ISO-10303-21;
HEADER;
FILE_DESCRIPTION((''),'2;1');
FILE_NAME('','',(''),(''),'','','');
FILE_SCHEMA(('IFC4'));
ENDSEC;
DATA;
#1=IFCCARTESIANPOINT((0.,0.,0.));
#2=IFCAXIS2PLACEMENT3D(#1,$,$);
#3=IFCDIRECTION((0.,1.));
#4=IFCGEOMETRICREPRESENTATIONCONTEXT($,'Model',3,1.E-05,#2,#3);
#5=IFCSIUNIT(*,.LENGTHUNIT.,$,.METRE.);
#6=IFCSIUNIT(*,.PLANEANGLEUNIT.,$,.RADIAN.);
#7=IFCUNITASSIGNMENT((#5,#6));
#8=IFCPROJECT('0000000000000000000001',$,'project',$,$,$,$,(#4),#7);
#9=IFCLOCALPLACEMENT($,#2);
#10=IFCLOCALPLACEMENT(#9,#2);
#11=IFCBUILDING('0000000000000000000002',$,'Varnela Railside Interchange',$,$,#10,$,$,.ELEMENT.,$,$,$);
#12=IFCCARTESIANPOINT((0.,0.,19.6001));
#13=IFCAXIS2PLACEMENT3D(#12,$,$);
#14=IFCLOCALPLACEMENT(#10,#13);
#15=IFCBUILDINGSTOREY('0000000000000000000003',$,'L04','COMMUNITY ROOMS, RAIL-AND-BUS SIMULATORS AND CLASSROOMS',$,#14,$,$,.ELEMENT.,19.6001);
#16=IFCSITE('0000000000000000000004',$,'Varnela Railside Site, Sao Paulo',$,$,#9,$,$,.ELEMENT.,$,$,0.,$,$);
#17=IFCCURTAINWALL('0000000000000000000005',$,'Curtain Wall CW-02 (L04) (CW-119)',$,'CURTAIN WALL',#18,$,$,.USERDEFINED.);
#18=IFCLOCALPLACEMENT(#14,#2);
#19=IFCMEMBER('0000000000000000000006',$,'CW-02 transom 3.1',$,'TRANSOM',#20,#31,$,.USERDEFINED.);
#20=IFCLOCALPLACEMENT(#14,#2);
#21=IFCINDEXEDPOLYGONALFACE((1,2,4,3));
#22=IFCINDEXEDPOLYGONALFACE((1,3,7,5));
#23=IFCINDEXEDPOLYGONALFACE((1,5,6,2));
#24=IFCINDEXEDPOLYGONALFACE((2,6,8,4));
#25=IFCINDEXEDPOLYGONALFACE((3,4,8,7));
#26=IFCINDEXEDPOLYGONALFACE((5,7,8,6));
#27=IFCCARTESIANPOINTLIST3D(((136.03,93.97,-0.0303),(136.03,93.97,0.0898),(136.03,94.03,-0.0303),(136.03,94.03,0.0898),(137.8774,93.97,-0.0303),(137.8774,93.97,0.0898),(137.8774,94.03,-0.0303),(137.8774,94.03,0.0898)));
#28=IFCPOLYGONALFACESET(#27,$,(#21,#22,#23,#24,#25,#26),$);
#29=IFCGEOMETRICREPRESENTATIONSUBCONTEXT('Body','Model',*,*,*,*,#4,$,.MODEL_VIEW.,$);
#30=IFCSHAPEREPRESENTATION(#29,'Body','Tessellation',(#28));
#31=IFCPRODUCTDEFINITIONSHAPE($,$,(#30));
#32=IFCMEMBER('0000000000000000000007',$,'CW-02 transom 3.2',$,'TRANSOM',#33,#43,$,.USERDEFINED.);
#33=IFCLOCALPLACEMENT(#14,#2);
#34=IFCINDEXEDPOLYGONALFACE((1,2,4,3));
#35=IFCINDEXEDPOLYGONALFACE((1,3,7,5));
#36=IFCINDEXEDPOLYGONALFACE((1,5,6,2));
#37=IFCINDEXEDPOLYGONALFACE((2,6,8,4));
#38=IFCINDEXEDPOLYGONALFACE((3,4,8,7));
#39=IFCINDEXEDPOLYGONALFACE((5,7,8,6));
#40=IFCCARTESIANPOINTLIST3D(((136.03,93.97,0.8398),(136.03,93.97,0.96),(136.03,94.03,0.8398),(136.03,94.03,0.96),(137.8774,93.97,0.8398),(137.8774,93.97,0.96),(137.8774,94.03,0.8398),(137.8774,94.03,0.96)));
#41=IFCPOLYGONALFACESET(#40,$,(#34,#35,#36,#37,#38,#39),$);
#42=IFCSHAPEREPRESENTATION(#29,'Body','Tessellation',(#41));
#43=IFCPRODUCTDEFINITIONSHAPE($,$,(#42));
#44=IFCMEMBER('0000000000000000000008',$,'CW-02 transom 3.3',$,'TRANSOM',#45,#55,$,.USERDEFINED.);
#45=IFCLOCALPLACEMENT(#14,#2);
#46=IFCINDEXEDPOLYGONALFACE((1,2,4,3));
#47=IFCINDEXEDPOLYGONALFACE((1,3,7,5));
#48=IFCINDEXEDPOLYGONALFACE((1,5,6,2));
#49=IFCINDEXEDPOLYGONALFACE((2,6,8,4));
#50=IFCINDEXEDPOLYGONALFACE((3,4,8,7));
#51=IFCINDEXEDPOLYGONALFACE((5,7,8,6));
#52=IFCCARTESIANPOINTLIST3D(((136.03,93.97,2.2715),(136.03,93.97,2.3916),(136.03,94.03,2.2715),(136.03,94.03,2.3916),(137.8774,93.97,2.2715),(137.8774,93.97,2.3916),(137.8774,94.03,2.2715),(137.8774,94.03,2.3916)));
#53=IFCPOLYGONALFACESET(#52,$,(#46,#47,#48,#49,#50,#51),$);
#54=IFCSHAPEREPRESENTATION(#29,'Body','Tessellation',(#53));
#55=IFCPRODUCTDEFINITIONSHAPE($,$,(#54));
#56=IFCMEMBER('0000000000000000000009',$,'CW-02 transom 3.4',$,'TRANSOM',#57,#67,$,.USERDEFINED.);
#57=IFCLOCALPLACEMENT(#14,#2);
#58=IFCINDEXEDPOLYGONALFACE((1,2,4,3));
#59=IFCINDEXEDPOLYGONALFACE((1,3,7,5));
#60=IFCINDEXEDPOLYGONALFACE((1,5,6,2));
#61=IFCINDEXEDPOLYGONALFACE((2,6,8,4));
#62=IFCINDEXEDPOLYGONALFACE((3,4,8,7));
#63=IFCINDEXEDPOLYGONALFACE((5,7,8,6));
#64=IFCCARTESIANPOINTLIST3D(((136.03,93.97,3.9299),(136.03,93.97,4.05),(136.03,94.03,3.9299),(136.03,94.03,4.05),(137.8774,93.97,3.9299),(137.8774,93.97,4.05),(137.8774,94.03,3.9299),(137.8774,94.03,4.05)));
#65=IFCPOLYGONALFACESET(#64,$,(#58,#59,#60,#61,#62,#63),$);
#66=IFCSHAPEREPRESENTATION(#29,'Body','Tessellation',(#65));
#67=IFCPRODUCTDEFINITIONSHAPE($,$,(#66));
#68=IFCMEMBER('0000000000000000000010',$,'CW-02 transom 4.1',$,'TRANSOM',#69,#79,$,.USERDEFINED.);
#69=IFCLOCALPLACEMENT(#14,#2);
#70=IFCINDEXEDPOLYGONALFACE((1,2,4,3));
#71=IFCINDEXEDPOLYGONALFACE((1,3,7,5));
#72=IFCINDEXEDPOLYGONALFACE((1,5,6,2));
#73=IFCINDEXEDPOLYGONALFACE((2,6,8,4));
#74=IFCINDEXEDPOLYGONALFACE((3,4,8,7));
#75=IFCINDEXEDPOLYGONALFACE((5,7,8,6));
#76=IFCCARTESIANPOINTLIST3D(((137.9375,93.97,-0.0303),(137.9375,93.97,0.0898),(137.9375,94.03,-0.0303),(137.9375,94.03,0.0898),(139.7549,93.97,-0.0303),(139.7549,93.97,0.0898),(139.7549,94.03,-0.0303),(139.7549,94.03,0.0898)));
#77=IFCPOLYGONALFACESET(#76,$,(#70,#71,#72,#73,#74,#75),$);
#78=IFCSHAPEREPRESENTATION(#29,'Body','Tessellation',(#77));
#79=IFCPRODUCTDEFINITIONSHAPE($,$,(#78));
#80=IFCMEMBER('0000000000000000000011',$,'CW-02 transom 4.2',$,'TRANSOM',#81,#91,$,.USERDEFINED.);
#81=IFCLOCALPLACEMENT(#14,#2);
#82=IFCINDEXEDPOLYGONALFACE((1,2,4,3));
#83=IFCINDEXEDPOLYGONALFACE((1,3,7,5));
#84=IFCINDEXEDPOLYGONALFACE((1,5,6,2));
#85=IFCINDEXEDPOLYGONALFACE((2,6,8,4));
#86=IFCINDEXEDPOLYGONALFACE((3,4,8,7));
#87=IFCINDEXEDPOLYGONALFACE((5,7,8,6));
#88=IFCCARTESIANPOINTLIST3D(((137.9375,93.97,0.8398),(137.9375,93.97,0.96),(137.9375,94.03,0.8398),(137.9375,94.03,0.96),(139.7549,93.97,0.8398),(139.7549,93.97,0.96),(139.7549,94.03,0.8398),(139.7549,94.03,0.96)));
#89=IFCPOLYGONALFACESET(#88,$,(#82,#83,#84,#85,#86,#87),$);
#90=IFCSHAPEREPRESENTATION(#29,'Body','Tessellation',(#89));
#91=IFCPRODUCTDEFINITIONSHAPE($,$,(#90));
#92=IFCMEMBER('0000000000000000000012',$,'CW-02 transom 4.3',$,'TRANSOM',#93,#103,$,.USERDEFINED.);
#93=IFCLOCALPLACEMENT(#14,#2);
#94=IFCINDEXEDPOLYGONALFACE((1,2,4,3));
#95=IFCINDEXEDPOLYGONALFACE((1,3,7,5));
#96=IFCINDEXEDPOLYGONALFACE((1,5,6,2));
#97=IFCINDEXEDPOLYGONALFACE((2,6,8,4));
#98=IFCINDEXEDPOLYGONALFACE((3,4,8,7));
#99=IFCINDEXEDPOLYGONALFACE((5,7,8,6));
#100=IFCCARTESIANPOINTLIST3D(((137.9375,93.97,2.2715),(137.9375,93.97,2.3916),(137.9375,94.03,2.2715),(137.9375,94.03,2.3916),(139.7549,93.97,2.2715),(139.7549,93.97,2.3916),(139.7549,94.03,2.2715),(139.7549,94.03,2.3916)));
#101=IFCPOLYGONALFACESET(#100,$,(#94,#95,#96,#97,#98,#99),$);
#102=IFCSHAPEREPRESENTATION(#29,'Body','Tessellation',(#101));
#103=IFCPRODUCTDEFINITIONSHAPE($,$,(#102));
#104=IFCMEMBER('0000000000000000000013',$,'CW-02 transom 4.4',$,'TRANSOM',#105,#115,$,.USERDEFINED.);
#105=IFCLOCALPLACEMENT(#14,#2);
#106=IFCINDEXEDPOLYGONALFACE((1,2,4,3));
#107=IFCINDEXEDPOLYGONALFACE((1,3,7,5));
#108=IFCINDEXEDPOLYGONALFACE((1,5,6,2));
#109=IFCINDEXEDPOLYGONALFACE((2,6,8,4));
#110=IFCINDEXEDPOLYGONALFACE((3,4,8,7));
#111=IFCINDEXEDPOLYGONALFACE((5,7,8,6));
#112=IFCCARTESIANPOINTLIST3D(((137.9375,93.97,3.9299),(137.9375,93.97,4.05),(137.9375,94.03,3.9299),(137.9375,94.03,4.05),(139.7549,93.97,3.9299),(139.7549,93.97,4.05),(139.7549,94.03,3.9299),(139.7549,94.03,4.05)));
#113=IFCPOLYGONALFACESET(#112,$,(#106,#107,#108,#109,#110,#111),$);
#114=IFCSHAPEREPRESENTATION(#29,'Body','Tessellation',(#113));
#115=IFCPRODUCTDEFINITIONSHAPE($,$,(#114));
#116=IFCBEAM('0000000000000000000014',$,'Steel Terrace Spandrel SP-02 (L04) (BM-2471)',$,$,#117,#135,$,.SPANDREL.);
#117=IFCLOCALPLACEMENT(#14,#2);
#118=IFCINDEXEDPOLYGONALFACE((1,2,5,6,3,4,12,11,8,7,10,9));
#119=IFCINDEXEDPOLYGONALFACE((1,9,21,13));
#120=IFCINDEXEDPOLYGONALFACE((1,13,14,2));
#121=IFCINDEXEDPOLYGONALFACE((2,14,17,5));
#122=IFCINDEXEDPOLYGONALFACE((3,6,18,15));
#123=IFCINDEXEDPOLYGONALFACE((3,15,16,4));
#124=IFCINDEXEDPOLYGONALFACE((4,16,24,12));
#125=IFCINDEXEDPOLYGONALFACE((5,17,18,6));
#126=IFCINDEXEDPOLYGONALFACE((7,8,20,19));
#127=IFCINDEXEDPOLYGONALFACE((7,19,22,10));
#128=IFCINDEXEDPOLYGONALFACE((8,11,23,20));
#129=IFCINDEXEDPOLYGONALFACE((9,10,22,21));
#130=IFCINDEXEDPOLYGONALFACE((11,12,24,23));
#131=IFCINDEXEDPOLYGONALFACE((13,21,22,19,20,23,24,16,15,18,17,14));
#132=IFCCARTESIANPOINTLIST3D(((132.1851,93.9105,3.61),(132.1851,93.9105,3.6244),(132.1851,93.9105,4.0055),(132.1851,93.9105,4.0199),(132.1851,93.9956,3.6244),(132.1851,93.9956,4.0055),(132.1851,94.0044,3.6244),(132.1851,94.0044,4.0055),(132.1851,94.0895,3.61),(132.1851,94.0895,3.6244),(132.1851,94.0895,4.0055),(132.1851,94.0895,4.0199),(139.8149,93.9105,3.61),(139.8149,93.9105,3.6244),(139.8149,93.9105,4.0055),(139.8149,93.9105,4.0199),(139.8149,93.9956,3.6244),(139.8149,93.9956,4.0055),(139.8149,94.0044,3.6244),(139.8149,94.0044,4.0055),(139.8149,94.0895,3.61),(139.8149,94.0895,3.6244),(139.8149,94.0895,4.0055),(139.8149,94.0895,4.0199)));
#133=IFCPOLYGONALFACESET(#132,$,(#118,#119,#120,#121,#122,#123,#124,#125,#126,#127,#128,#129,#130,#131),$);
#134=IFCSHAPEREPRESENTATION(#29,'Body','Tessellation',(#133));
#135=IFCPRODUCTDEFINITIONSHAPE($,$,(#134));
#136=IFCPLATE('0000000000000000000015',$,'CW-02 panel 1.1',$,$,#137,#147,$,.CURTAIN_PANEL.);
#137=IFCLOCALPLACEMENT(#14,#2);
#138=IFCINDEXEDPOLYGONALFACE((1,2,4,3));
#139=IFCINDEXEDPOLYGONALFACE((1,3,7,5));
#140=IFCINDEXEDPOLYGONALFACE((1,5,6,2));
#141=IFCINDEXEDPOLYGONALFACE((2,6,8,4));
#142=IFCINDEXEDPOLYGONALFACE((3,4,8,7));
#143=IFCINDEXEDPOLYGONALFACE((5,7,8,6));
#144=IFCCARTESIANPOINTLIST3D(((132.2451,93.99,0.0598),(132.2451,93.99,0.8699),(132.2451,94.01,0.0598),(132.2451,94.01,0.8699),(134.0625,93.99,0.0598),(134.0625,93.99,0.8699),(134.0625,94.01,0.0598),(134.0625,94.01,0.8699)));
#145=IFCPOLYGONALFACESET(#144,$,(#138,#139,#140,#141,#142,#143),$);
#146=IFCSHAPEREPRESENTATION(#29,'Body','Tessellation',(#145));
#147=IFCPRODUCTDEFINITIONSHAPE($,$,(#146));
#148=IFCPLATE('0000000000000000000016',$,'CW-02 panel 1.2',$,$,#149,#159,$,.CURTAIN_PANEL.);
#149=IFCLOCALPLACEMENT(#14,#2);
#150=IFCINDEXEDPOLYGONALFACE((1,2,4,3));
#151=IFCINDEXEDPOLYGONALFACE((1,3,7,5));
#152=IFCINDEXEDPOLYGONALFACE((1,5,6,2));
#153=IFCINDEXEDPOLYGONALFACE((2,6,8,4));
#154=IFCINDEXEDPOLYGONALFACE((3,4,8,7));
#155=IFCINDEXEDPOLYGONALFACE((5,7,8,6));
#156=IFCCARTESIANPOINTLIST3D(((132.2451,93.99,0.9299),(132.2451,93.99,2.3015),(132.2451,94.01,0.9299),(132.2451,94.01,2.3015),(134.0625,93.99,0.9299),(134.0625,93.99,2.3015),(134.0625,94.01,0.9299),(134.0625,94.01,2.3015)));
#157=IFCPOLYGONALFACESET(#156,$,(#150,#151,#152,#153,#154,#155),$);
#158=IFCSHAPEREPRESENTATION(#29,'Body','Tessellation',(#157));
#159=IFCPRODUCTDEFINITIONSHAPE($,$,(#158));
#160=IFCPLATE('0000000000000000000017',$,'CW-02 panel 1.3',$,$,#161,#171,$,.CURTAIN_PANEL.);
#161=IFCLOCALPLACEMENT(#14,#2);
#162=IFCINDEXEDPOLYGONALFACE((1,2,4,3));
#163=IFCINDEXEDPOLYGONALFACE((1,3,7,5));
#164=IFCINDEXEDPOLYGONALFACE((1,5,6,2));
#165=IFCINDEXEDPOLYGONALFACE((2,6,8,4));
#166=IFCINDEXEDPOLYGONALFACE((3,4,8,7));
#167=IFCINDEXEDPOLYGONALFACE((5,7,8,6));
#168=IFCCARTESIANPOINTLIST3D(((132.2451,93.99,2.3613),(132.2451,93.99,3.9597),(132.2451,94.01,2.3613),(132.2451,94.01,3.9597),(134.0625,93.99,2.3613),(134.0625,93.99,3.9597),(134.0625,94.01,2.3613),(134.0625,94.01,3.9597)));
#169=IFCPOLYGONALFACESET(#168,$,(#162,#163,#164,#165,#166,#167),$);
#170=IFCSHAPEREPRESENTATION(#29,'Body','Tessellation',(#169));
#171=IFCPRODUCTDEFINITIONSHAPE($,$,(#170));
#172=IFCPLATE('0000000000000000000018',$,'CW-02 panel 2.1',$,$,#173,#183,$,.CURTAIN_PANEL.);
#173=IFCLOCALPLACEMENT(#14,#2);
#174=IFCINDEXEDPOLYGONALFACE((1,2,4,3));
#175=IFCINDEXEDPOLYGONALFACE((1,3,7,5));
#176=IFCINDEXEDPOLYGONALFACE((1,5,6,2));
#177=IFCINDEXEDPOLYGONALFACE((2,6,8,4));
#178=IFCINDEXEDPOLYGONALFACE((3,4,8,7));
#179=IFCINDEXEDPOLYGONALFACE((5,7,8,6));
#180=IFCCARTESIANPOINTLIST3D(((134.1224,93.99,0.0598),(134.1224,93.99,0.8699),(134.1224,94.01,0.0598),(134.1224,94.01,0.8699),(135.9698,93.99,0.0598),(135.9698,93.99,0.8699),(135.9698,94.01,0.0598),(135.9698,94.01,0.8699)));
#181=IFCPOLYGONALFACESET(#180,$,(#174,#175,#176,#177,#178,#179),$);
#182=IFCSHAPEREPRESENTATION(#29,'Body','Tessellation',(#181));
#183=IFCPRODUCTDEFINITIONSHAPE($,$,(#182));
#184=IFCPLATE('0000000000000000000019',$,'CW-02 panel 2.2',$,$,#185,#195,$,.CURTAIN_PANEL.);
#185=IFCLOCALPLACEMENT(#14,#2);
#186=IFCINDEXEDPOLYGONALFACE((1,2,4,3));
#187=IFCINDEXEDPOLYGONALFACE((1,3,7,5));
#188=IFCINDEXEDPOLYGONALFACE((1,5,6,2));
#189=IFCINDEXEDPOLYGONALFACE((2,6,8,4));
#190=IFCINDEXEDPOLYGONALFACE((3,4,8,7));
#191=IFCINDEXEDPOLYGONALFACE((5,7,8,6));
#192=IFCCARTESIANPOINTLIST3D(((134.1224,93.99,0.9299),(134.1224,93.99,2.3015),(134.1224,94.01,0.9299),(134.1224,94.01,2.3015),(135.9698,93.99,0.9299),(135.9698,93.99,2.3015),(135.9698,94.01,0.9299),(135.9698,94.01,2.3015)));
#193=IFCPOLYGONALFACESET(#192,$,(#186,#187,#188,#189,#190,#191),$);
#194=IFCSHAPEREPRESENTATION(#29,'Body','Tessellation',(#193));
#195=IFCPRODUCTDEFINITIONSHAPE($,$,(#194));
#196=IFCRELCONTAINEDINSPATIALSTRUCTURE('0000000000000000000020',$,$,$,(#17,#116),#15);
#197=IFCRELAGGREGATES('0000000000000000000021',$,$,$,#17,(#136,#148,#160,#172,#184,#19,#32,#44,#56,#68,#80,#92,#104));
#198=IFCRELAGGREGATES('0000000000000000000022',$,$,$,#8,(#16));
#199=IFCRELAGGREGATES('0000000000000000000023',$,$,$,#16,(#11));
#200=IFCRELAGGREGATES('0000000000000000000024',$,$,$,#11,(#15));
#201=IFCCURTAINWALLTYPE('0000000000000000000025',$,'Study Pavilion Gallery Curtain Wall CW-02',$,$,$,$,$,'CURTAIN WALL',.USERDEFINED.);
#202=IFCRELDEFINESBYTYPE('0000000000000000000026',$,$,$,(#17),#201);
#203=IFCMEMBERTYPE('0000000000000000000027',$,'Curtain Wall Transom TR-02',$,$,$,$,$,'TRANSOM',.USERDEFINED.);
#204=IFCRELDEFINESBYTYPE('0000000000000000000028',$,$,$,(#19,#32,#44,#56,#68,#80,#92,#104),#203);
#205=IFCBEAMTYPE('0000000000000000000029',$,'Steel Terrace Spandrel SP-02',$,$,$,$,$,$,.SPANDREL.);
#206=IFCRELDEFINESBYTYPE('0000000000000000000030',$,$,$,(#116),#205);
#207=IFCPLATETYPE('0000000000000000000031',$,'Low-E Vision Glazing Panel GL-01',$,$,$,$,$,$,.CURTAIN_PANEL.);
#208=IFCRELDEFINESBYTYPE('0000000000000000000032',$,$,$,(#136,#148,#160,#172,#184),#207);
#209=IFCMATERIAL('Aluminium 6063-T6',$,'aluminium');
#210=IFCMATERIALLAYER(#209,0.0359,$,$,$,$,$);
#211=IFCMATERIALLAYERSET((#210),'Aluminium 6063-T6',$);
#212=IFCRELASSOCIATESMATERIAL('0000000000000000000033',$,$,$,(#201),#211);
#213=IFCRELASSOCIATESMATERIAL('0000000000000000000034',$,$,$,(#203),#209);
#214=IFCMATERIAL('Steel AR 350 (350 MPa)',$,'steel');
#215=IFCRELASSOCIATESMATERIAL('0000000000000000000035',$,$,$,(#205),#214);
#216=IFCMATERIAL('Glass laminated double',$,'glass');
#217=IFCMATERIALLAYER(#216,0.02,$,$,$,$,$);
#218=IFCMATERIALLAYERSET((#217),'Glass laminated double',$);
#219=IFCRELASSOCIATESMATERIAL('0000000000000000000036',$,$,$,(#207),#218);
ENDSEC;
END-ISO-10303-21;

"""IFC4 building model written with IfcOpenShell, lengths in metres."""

from ifc_helpers import new_model, si_unit, direction, frame, origin, origin_2d, place, context, subcontext, project, spatial, rectangle, i_section, extrude, material, layer, layer_set, material_profile, profile_set, type_object, element, aggregate, save


model = new_model("IFC4")

# Units and contexts
model_context = context("Model", 3, precision=1e-05, world=origin(), true_north=direction((0.0, 1.0)))
body_context = subcontext(model_context, "Body", "Model", "MODEL_VIEW")
ifc_project = project(units=[si_unit("LENGTHUNIT", "METRE"), si_unit("PLANEANGLEUNIT", "RADIAN")], contexts=[model_context])

# Site, building, storey
site_placement = place(None, origin())
site = spatial("IfcSite", under=ifc_project, at=site_placement, Name="Varnela Railside Site, Sao Paulo", CompositionType="ELEMENT", RefElevation=0.0)
building_placement = place(site_placement, origin())
building = spatial("IfcBuilding", under=site, at=building_placement, Name="Varnela Railside Interchange", CompositionType="ELEMENT")
storey_placement = place(building_placement, frame((0.0, 0.0, 19.6001)))
storey = spatial("IfcBuildingStorey", under=building, at=storey_placement, Name="L04", Description="COMMUNITY ROOMS, RAIL-AND-BUS SIMULATORS AND CLASSROOMS", CompositionType="ELEMENT", Elevation=19.6001)

# Shared definitions
ifc_material_1 = material(Name="Steel AR 350 (350 MPa)", Category="steel")

# Curtain wall, members
ifc_material_2 = material(Name="Aluminium 6063-T6", Category="aluminium")
ifc_layer_1 = layer(ifc_material_2, 0.0359)
ifc_layer_set_1 = layer_set([ifc_layer_1], Name="Aluminium 6063-T6")
curtain_wall_type = type_object("IfcCurtainWallType", Name="Study Pavilion Gallery Curtain Wall CW-02", ElementType="CURTAIN WALL", PredefinedType="USERDEFINED", material=ifc_layer_set_1)
curtain_wall_placement = place(storey_placement, origin())
curtain_wall = element("IfcCurtainWall", 1, at=curtain_wall_placement, inside=storey, type_object=curtain_wall_type, Name="Curtain Wall CW-02 (L04) (CW-119)", ObjectType="CURTAIN WALL", PredefinedType="USERDEFINED")
ifc_material_profile_1 = material_profile(ifc_material_2, rectangle(XDim=0.0601, YDim=0.1201, at=origin_2d()), Name="ALU 60x120")
ifc_profile_set_1 = profile_set([ifc_material_profile_1], Name="Aluminium 6063-T6")
member_type_1 = type_object("IfcMemberType", Name="Curtain Wall Transom TR-02", ElementType="TRANSOM", PredefinedType="USERDEFINED", material=ifc_profile_set_1)
member_1_placement = place(storey_placement, frame((136.03, 94.0, 0.0298), z_axis=(1.0, 0.0, 0.0), x_axis=(0.0, 1.0, 0.0)))
member_1 = element("IfcMember", 2, at=member_1_placement, type_object=member_type_1, Name="CW-02 transom 3.1", ObjectType="TRANSOM", PredefinedType="USERDEFINED", context=body_context, shape_type="SweptSolid", body=[
    extrude(rectangle(XDim=0.0601, YDim=0.1201, at=origin_2d()), origin(), (0.0, 0.0, 1.0), 1.8474),
])
member_2_placement = place(storey_placement, frame((136.03, 94.0, 0.8999), z_axis=(1.0, 0.0, 0.0), x_axis=(0.0, 1.0, 0.0)))
member_2 = element("IfcMember", 3, at=member_2_placement, type_object=member_type_1, Name="CW-02 transom 3.2", ObjectType="TRANSOM", PredefinedType="USERDEFINED", context=body_context, shape_type="SweptSolid", body=[
    extrude(rectangle(XDim=0.0601, YDim=0.1201, at=origin_2d()), origin(), (0.0, 0.0, 1.0), 1.8474),
])
member_3_placement = place(storey_placement, frame((136.03, 94.0, 2.3315), z_axis=(1.0, 0.0, 0.0), x_axis=(0.0, 1.0, 0.0)))
member_3 = element("IfcMember", 4, at=member_3_placement, type_object=member_type_1, Name="CW-02 transom 3.3", ObjectType="TRANSOM", PredefinedType="USERDEFINED", context=body_context, shape_type="SweptSolid", body=[
    extrude(rectangle(XDim=0.0601, YDim=0.1201, at=origin_2d()), origin(), (0.0, 0.0, 1.0), 1.8474),
])
member_4_placement = place(storey_placement, frame((136.03, 94.0, 3.99), z_axis=(1.0, 0.0, 0.0), x_axis=(0.0, 1.0, 0.0)))
member_4 = element("IfcMember", 5, at=member_4_placement, type_object=member_type_1, Name="CW-02 transom 3.4", ObjectType="TRANSOM", PredefinedType="USERDEFINED", context=body_context, shape_type="SweptSolid", body=[
    extrude(rectangle(XDim=0.0601, YDim=0.1201, at=origin_2d()), origin(), (0.0, 0.0, 1.0), 1.8474),
])
member_5_placement = place(storey_placement, frame((137.9375, 94.0, 0.0298), z_axis=(1.0, 0.0, 0.0), x_axis=(0.0, 1.0, 0.0)))
member_5 = element("IfcMember", 6, at=member_5_placement, type_object=member_type_1, Name="CW-02 transom 4.1", ObjectType="TRANSOM", PredefinedType="USERDEFINED", context=body_context, shape_type="SweptSolid", body=[
    extrude(rectangle(XDim=0.0601, YDim=0.1201, at=origin_2d()), origin(), (0.0, 0.0, 1.0), 1.8174),
])
member_6_placement = place(storey_placement, frame((137.9375, 94.0, 0.8999), z_axis=(1.0, 0.0, 0.0), x_axis=(0.0, 1.0, 0.0)))
member_6 = element("IfcMember", 7, at=member_6_placement, type_object=member_type_1, Name="CW-02 transom 4.2", ObjectType="TRANSOM", PredefinedType="USERDEFINED", context=body_context, shape_type="SweptSolid", body=[
    extrude(rectangle(XDim=0.0601, YDim=0.1201, at=origin_2d()), origin(), (0.0, 0.0, 1.0), 1.8174),
])
member_7_placement = place(storey_placement, frame((137.9375, 94.0, 2.3315), z_axis=(1.0, 0.0, 0.0), x_axis=(0.0, 1.0, 0.0)))
member_7 = element("IfcMember", 8, at=member_7_placement, type_object=member_type_1, Name="CW-02 transom 4.3", ObjectType="TRANSOM", PredefinedType="USERDEFINED", context=body_context, shape_type="SweptSolid", body=[
    extrude(rectangle(XDim=0.0601, YDim=0.1201, at=origin_2d()), origin(), (0.0, 0.0, 1.0), 1.8174),
])
member_8_placement = place(storey_placement, frame((137.9375, 94.0, 3.99), z_axis=(1.0, 0.0, 0.0), x_axis=(0.0, 1.0, 0.0)))
member_8 = element("IfcMember", 9, at=member_8_placement, type_object=member_type_1, Name="CW-02 transom 4.4", ObjectType="TRANSOM", PredefinedType="USERDEFINED", context=body_context, shape_type="SweptSolid", body=[
    extrude(rectangle(XDim=0.0601, YDim=0.1201, at=origin_2d()), origin(), (0.0, 0.0, 1.0), 1.8174),
])

# Beam
ifc_material_profile_2 = material_profile(ifc_material_1, i_section(OverallWidth=0.179, OverallDepth=0.4099, WebThickness=0.0088, FlangeThickness=0.0144, at=origin_2d()), Name="W410x67")
ifc_profile_set_2 = profile_set([ifc_material_profile_2], Name="Steel AR 350 (350 MPa)")
beam_type = type_object("IfcBeamType", Name="Steel Terrace Spandrel SP-02", PredefinedType="SPANDREL", material=ifc_profile_set_2)
beam_placement = place(storey_placement, frame((132.1851, 94.0, 3.8149), z_axis=(1.0, 0.0, 0.0), x_axis=(0.0, 1.0, 0.0)))
element("IfcBeam", 10, at=beam_placement, inside=storey, type_object=beam_type, Name="Steel Terrace Spandrel SP-02 (L04) (BM-2471)", PredefinedType="SPANDREL", context=body_context, shape_type="SweptSolid", body=[
    extrude(i_section(OverallWidth=0.179, OverallDepth=0.4099, WebThickness=0.0088, FlangeThickness=0.0144, at=origin_2d()), origin(), (0.0, 0.0, 1.0), 7.6299),
])

# Plates
ifc_material_3 = material(Name="Glass laminated double", Category="glass")
ifc_layer_2 = layer(ifc_material_3, 0.02)
ifc_layer_set_2 = layer_set([ifc_layer_2], Name="Glass laminated double")
plate_type = type_object("IfcPlateType", Name="Low-E Vision Glazing Panel GL-01", PredefinedType="CURTAIN_PANEL", material=ifc_layer_set_2)
plate_1_placement = place(storey_placement, frame((133.1538, 94.0, 0.0598), z_axis=(0.0, 0.0, 1.0), x_axis=(1.0, 0.0, 0.0)))
plate_1 = element("IfcPlate", 11, at=plate_1_placement, type_object=plate_type, Name="CW-02 panel 1.1", PredefinedType="CURTAIN_PANEL", context=body_context, shape_type="SweptSolid", body=[
    extrude(rectangle(XDim=1.8174, YDim=0.02, at=origin_2d()), origin(), (0.0, 0.0, 1.0), 0.8101),
])
plate_2_placement = place(storey_placement, frame((133.1538, 94.0, 0.9299), z_axis=(0.0, 0.0, 1.0), x_axis=(1.0, 0.0, 0.0)))
plate_2 = element("IfcPlate", 12, at=plate_2_placement, type_object=plate_type, Name="CW-02 panel 1.2", PredefinedType="CURTAIN_PANEL", context=body_context, shape_type="SweptSolid", body=[
    extrude(rectangle(XDim=1.8174, YDim=0.02, at=origin_2d()), origin(), (0.0, 0.0, 1.0), 1.3716),
])
plate_3_placement = place(storey_placement, frame((133.1538, 94.0, 2.3613), z_axis=(0.0, 0.0, 1.0), x_axis=(1.0, 0.0, 0.0)))
plate_3 = element("IfcPlate", 13, at=plate_3_placement, type_object=plate_type, Name="CW-02 panel 1.3", PredefinedType="CURTAIN_PANEL", context=body_context, shape_type="SweptSolid", body=[
    extrude(rectangle(XDim=1.8174, YDim=0.02, at=origin_2d()), origin(), (0.0, 0.0, 1.0), 1.5984),
])
plate_4_placement = place(storey_placement, frame((135.0461, 94.0, 0.0598), z_axis=(0.0, 0.0, 1.0), x_axis=(1.0, 0.0, 0.0)))
plate_4 = element("IfcPlate", 14, at=plate_4_placement, type_object=plate_type, Name="CW-02 panel 2.1", PredefinedType="CURTAIN_PANEL", context=body_context, shape_type="SweptSolid", body=[
    extrude(rectangle(XDim=1.8474, YDim=0.02, at=origin_2d()), origin(), (0.0, 0.0, 1.0), 0.8101),
])
plate_5_placement = place(storey_placement, frame((135.0461, 94.0, 0.9299), z_axis=(0.0, 0.0, 1.0), x_axis=(1.0, 0.0, 0.0)))
plate_5 = element("IfcPlate", 15, at=plate_5_placement, type_object=plate_type, Name="CW-02 panel 2.2", PredefinedType="CURTAIN_PANEL", context=body_context, shape_type="SweptSolid", body=[
    extrude(rectangle(XDim=1.8474, YDim=0.02, at=origin_2d()), origin(), (0.0, 0.0, 1.0), 1.3716),
])
aggregate(curtain_wall, [plate_1, plate_2, plate_3, plate_4, plate_5, member_1, member_2, member_3, member_4, member_5, member_6, member_7, member_8])

save(model, "model.ifc")
